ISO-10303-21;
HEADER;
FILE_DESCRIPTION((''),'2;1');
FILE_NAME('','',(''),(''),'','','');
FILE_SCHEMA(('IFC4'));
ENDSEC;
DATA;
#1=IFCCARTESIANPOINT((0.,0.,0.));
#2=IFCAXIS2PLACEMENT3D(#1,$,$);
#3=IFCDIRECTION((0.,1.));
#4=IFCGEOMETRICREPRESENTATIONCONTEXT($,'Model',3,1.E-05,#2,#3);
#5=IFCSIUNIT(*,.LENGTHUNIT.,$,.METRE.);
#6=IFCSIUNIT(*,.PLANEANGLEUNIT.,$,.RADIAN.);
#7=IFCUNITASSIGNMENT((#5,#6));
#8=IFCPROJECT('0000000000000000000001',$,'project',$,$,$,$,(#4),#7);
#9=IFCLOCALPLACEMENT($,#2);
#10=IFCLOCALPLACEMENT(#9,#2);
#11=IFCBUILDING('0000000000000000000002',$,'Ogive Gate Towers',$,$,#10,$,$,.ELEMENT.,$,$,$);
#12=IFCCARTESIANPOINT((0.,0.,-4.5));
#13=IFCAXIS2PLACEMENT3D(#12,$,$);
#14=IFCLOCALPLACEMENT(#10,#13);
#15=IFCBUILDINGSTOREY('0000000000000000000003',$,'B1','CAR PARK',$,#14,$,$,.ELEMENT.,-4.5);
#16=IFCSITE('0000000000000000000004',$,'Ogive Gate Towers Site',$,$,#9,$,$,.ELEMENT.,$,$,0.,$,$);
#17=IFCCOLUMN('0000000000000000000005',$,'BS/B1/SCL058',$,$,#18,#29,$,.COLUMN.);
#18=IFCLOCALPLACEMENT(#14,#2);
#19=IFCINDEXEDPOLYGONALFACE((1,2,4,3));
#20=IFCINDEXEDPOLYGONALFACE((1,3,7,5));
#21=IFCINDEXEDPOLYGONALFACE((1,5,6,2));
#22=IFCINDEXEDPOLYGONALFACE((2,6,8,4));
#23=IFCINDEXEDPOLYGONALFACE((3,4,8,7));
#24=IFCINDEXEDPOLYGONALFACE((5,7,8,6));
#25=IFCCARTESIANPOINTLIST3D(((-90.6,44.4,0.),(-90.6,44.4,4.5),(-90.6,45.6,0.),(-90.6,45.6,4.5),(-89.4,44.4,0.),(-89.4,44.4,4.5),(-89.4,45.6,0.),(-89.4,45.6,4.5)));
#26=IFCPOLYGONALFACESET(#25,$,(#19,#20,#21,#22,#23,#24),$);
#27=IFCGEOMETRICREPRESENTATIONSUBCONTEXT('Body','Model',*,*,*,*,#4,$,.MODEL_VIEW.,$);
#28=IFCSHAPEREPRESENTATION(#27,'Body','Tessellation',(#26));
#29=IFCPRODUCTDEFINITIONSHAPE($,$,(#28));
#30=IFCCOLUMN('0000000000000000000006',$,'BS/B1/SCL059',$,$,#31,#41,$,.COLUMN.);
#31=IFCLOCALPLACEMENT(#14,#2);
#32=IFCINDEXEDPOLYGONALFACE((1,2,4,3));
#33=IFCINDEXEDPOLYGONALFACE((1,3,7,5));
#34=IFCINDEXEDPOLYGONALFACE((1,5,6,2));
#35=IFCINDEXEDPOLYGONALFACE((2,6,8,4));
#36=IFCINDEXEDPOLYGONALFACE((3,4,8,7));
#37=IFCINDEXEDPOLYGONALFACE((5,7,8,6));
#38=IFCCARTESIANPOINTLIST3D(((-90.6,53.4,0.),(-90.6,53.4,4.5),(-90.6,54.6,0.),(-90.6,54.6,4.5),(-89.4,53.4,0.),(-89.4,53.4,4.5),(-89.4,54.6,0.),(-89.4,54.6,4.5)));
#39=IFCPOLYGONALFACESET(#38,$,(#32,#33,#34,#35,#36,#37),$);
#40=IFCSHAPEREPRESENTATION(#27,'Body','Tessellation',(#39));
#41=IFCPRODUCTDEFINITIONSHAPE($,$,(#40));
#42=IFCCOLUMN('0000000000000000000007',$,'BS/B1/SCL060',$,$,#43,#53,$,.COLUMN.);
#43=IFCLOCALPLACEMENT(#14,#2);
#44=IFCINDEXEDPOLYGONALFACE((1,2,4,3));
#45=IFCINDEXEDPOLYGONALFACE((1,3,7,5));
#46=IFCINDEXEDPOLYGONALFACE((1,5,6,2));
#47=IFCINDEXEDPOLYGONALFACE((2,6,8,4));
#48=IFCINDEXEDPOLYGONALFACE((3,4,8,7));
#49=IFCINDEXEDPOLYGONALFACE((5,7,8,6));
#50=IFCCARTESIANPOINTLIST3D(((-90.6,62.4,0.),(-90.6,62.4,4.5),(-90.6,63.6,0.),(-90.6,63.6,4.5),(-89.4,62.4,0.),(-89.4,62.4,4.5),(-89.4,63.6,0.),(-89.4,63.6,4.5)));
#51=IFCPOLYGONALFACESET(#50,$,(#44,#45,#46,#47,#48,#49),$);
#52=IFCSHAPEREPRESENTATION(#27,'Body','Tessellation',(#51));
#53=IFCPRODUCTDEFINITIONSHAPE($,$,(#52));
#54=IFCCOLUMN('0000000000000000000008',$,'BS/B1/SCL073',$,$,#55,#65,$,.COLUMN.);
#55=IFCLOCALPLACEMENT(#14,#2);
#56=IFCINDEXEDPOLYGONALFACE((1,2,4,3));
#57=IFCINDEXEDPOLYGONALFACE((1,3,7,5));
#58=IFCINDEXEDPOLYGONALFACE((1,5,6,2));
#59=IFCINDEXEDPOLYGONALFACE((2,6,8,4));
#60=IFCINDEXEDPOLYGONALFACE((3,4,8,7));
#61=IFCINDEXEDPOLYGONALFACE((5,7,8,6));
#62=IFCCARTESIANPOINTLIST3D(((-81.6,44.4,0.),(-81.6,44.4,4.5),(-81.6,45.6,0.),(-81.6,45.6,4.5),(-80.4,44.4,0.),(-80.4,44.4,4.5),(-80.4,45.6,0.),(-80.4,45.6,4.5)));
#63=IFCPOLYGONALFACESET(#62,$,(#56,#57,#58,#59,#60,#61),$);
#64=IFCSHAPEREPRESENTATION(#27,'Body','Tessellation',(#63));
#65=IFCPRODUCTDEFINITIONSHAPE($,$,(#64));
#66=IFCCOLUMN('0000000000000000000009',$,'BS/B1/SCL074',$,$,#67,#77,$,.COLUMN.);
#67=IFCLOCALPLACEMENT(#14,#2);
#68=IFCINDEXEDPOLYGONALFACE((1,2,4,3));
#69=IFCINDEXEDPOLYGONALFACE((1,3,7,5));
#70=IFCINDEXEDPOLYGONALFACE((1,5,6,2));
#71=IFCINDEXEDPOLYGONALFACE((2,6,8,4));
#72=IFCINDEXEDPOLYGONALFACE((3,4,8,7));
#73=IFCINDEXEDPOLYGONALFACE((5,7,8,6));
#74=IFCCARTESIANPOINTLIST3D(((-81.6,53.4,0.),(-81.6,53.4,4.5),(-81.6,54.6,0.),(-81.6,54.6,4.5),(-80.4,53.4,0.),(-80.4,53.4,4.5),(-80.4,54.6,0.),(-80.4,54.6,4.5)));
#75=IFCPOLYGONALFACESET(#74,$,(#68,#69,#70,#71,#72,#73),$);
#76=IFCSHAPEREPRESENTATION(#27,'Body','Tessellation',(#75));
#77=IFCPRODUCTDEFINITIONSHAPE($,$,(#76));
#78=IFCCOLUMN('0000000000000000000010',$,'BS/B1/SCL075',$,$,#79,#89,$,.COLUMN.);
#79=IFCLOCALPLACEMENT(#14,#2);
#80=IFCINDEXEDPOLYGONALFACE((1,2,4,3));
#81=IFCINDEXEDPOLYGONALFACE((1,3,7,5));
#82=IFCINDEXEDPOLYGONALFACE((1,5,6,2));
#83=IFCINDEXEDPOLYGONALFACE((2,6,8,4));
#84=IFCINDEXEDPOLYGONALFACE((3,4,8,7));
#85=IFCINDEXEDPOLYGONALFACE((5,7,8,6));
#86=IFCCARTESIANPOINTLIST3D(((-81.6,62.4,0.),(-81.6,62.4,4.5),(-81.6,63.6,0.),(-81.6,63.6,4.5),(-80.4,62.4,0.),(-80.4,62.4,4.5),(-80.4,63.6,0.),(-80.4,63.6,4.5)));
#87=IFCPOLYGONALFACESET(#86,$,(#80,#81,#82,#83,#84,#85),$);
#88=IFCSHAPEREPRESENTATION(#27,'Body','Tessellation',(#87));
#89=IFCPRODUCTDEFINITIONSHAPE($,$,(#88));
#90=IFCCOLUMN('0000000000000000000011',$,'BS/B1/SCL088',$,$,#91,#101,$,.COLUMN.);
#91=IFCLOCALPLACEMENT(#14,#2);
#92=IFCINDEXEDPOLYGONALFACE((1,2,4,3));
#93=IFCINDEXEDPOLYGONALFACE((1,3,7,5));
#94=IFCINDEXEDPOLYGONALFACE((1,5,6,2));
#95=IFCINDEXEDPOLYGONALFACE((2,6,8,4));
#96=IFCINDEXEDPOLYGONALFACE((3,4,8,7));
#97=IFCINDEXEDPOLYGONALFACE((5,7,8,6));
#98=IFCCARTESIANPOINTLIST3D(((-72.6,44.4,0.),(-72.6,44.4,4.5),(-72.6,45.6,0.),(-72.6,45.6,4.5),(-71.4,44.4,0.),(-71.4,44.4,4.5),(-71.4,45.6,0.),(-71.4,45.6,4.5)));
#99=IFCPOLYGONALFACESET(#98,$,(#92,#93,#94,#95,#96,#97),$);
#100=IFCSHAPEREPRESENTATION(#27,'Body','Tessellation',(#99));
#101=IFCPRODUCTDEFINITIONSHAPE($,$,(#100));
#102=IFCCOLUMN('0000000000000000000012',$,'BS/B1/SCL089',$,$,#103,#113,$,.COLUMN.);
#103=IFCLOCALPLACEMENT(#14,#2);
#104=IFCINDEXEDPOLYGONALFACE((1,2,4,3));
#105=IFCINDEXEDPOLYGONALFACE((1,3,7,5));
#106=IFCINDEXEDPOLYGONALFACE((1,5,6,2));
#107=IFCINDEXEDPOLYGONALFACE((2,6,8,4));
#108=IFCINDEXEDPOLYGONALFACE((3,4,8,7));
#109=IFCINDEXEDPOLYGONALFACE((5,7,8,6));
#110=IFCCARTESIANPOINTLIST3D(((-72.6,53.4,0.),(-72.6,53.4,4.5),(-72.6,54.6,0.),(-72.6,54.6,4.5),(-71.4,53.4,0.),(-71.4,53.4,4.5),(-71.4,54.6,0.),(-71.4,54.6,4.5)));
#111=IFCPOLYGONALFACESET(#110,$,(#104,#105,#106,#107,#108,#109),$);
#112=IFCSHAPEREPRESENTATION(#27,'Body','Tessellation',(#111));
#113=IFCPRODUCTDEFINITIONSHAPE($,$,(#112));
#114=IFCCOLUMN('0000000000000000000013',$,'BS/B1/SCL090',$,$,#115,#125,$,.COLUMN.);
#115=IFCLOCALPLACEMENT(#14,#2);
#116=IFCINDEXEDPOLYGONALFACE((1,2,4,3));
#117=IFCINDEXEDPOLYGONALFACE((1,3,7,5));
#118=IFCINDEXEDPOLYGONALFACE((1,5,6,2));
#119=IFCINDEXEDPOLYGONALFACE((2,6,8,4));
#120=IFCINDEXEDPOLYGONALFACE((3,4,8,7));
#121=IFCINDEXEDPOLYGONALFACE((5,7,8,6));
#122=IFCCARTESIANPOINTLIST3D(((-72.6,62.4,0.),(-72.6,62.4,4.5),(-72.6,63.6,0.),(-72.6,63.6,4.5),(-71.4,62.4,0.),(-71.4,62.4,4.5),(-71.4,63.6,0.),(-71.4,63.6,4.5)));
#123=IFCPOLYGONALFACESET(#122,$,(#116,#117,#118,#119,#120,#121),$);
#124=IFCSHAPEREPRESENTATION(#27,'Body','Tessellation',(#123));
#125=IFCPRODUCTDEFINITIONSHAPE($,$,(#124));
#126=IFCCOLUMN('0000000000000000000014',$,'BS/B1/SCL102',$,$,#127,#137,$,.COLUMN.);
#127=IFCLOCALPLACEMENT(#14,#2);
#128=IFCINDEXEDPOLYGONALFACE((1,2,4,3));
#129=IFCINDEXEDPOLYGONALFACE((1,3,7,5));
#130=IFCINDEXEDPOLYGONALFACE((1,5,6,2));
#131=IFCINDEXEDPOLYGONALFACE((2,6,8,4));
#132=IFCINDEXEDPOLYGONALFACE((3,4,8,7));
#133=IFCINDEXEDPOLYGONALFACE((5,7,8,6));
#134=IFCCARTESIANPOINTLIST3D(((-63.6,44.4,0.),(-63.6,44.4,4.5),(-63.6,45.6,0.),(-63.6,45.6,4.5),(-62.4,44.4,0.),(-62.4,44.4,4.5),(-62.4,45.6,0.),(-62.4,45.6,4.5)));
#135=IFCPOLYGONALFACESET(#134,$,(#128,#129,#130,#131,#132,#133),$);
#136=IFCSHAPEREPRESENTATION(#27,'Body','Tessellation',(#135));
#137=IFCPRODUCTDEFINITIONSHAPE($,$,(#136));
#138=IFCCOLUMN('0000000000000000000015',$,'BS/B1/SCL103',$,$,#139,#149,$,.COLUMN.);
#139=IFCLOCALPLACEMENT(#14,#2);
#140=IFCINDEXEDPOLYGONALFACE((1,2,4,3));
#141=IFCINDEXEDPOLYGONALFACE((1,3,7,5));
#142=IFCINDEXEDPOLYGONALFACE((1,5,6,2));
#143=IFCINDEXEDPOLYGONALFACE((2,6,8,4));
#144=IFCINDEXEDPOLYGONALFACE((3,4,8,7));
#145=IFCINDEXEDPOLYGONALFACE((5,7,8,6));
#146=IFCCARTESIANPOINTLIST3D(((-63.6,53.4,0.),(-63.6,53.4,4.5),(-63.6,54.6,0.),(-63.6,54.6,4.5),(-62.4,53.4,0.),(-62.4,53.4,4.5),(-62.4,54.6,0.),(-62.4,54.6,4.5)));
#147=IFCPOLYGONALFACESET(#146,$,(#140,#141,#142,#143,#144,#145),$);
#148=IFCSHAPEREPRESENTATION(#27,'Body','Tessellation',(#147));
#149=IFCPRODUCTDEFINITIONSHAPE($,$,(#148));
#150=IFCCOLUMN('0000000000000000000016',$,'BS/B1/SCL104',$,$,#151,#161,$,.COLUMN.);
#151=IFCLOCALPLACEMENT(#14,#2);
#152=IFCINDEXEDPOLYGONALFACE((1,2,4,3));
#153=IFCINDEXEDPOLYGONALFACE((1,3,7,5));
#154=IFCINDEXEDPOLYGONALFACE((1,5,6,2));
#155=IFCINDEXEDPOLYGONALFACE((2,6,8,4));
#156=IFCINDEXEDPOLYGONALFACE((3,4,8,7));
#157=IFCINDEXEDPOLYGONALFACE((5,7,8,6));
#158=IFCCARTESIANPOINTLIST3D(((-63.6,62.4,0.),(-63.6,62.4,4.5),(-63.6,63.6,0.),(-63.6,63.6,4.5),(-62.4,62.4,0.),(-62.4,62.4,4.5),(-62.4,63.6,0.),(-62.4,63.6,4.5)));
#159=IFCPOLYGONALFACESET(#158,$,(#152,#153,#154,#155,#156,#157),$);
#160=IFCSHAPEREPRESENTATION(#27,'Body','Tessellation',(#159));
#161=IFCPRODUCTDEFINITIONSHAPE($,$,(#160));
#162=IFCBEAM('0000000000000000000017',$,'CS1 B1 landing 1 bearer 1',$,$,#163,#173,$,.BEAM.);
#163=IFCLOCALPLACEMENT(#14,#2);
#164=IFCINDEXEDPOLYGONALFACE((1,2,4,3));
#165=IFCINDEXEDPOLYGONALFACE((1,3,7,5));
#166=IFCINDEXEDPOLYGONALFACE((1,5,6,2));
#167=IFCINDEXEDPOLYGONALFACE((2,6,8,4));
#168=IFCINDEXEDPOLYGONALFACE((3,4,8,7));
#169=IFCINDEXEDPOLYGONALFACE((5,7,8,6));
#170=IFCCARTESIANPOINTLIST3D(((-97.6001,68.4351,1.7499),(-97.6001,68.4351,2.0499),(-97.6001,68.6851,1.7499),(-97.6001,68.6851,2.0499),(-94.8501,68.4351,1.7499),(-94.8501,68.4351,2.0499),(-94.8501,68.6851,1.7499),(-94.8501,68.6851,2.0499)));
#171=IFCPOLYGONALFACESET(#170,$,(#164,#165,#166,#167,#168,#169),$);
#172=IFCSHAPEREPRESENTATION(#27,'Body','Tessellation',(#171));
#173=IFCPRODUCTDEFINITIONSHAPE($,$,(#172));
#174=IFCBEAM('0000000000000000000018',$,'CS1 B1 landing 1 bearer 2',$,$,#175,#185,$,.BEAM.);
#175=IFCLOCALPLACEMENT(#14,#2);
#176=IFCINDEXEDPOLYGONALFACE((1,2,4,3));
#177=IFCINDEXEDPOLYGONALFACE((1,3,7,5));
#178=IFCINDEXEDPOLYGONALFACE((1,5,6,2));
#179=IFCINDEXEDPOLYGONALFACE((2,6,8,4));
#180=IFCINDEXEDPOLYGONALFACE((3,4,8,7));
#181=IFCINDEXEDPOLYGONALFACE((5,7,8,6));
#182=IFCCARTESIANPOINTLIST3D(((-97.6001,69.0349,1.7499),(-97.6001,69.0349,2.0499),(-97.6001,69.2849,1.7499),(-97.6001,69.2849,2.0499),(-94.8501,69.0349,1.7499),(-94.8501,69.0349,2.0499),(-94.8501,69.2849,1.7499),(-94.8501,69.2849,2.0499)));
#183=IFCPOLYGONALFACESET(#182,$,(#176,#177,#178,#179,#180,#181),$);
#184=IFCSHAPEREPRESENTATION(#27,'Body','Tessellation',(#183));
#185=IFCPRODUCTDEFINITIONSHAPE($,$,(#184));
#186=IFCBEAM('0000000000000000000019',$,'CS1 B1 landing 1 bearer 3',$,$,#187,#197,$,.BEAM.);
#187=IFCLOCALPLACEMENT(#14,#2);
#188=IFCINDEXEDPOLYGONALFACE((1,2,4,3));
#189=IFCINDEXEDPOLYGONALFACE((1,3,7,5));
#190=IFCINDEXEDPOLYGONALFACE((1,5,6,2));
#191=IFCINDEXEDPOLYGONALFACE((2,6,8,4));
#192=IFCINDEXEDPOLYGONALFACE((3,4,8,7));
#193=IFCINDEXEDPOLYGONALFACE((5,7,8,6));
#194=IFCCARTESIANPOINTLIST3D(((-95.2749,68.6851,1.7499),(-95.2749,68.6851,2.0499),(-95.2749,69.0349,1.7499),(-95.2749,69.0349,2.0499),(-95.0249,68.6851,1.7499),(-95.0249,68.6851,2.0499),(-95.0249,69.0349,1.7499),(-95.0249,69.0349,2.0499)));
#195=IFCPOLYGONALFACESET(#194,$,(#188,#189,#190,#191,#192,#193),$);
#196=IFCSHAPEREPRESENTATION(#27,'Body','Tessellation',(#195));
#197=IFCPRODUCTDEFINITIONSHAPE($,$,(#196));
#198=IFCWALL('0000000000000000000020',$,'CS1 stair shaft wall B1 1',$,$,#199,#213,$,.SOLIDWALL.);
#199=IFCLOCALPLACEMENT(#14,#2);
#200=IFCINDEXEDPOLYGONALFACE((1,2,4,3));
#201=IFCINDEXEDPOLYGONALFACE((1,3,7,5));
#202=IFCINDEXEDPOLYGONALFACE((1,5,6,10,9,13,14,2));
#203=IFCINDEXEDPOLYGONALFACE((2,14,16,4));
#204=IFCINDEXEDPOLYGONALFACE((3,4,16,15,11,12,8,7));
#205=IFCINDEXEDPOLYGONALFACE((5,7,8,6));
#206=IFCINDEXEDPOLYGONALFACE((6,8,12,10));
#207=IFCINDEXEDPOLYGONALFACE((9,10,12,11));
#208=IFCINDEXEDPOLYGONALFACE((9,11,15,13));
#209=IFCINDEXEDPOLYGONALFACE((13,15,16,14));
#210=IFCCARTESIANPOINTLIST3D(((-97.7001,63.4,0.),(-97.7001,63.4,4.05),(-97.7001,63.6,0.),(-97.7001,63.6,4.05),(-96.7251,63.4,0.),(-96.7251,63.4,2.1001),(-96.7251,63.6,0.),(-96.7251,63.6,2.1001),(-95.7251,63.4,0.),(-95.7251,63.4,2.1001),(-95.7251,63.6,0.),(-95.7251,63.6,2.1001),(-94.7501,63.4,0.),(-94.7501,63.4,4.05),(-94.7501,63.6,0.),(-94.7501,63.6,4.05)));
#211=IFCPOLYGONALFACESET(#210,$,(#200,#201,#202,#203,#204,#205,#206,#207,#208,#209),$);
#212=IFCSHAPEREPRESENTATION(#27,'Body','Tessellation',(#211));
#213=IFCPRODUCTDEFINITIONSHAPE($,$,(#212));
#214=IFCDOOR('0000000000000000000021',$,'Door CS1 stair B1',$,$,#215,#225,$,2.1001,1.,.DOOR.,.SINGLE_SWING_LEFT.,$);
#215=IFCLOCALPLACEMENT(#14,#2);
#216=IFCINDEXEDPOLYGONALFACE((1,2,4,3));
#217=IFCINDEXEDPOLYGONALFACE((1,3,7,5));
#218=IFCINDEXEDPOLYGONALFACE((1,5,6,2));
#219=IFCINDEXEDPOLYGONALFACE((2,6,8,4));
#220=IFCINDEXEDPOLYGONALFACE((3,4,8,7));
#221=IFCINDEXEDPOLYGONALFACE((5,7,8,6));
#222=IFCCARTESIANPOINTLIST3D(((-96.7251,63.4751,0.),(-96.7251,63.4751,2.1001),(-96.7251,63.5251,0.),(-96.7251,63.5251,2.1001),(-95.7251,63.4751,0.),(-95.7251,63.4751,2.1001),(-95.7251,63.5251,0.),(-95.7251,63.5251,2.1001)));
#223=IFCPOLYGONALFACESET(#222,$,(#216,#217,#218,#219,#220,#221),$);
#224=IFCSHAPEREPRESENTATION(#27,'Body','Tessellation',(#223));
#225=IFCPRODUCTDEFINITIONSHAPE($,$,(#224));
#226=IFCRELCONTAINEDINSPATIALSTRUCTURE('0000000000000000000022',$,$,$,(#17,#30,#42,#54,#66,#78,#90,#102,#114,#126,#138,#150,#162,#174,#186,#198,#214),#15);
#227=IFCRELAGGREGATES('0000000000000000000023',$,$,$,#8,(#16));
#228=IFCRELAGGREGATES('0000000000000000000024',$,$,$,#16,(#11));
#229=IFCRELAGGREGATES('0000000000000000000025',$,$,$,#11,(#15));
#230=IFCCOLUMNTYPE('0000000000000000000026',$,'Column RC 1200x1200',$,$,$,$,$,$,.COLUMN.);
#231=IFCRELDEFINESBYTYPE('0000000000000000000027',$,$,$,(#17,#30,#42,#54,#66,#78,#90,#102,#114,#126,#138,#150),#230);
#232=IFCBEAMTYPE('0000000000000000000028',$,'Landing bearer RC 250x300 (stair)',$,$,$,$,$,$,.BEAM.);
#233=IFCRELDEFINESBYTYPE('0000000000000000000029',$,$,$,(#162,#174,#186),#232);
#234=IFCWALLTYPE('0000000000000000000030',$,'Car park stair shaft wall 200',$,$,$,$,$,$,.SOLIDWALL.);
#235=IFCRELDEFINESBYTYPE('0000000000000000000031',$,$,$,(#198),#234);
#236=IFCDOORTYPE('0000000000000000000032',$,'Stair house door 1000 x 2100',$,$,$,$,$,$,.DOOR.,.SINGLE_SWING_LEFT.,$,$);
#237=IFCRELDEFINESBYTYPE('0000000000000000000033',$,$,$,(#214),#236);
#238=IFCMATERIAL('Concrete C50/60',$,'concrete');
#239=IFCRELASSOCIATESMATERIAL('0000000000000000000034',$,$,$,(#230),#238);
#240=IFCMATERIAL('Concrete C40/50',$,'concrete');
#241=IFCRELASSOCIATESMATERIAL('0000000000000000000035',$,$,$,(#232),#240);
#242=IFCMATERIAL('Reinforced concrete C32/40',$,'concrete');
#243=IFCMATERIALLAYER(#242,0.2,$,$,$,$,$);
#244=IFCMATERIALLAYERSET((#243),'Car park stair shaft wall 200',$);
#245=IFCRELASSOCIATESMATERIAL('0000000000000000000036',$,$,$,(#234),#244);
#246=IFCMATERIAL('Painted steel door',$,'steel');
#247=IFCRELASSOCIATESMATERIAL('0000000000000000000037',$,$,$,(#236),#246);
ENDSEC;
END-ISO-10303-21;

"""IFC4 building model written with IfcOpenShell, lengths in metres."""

from ifc_helpers import new_model, si_unit, direction, frame, frame_2d, origin, origin_2d, place, context, subcontext, project, spatial, rectangle, extrude, material, layer, layer_set, material_profile, profile_set, type_object, element, fill, save


model = new_model("IFC4")

# Units and contexts
model_context = context("Model", 3, precision=1e-05, world=origin(), true_north=direction((0.0, 1.0)))
body_context = subcontext(model_context, "Body", "Model", "MODEL_VIEW")
ifc_project = project(units=[si_unit("LENGTHUNIT", "METRE"), si_unit("PLANEANGLEUNIT", "RADIAN")], contexts=[model_context])

# Site, building, storey
site_placement = place(None, origin())
site = spatial("IfcSite", under=ifc_project, at=site_placement, Name="Ogive Gate Towers Site", CompositionType="ELEMENT", RefElevation=0.0)
building_placement = place(site_placement, origin())
building = spatial("IfcBuilding", under=site, at=building_placement, Name="Ogive Gate Towers", CompositionType="ELEMENT")
storey_placement = place(building_placement, frame((0.0, 0.0, -4.5)))
storey = spatial("IfcBuildingStorey", under=building, at=storey_placement, Name="B1", Description="CAR PARK", CompositionType="ELEMENT", Elevation=-4.5)

# Columns
ifc_material_1 = material(Name="Concrete C50/60", Category="concrete")
ifc_material_profile_1 = material_profile(ifc_material_1, rectangle(XDim=1.2, YDim=1.2, at=origin_2d()), Name="RC 1200x1200")
ifc_profile_set_1 = profile_set([ifc_material_profile_1], Name="Concrete C50/60")
column_type = type_object("IfcColumnType", Name="Column RC 1200x1200", PredefinedType="COLUMN", material=ifc_profile_set_1)
for number, where, z_axis, x_axis, name in (
    (1, (-90.0, 45.0, 0.0), (0.0, 0.0, 1.0), (1.0, 0.0, 0.0), "BS/B1/SCL058"),
    (2, (-90.0, 54.0, 0.0), (0.0, 0.0, 1.0), (1.0, 0.0, 0.0), "BS/B1/SCL059"),
    (3, (-90.0, 63.0, 0.0), (0.0, 0.0, 1.0), (1.0, 0.0, 0.0), "BS/B1/SCL060"),
    (4, (-81.0, 45.0, 0.0), (0.0, 0.0, 1.0), (1.0, 0.0, 0.0), "BS/B1/SCL073"),
    (5, (-81.0, 54.0, 0.0), (0.0, 0.0, 1.0), (1.0, 0.0, 0.0), "BS/B1/SCL074"),
    (6, (-81.0, 63.0, 0.0), (0.0, 0.0, 1.0), (1.0, 0.0, 0.0), "BS/B1/SCL075"),
    (7, (-72.0, 45.0, 0.0), (0.0, 0.0, 1.0), (1.0, 0.0, 0.0), "BS/B1/SCL088"),
    (8, (-72.0, 54.0, 0.0), (0.0, 0.0, 1.0), (1.0, 0.0, 0.0), "BS/B1/SCL089"),
    (9, (-72.0, 63.0, 0.0), (0.0, 0.0, 1.0), (1.0, 0.0, 0.0), "BS/B1/SCL090"),
    (10, (-63.0, 45.0, 0.0), (0.0, 0.0, 1.0), (1.0, 0.0, 0.0), "BS/B1/SCL102"),
    (11, (-63.0, 54.0, 0.0), (0.0, 0.0, 1.0), (1.0, 0.0, 0.0), "BS/B1/SCL103"),
    (12, (-63.0, 63.0, 0.0), (0.0, 0.0, 1.0), (1.0, 0.0, 0.0), "BS/B1/SCL104"),
):
    element("IfcColumn", number, at=place(storey_placement, frame(where, z_axis=z_axis, x_axis=x_axis)), inside=storey, type_object=column_type, Name=name, PredefinedType="COLUMN", context=body_context, shape_type="SweptSolid", body=[
        extrude(rectangle(XDim=1.2, YDim=1.2, at=origin_2d()), origin(), (0.0, 0.0, 1.0), 4.5),
    ])

# Beams
ifc_material_2 = material(Name="Concrete C40/50", Category="concrete")
ifc_material_profile_2 = material_profile(ifc_material_2, rectangle(XDim=0.25, YDim=0.3, at=origin_2d()), Name="RC 250x300")
ifc_profile_set_2 = profile_set([ifc_material_profile_2], Name="Concrete C40/50")
beam_type = type_object("IfcBeamType", Name="Landing bearer RC 250x300 (stair)", PredefinedType="BEAM", material=ifc_profile_set_2)
for number, where, z_axis, x_axis, name in (
    (13, (-94.8501, 68.5601, 1.8999), (-1.0, 0.0, 0.0), (0.0, -1.0, 0.0), "CS1 B1 landing 1 bearer 1"),
    (14, (-94.8501, 69.1599, 1.8999), (-1.0, 0.0, 0.0), (0.0, -1.0, 0.0), "CS1 B1 landing 1 bearer 2"),
):
    element("IfcBeam", number, at=place(storey_placement, frame(where, z_axis=z_axis, x_axis=x_axis)), inside=storey, type_object=beam_type, Name=name, PredefinedType="BEAM", context=body_context, shape_type="SweptSolid", body=[
        extrude(rectangle(XDim=0.25, YDim=0.3, at=origin_2d()), origin(), (0.0, 0.0, 1.0), 2.75),
    ])
beam_placement = place(storey_placement, frame((-95.1499, 68.6851, 1.8999), z_axis=(0.0, 1.0, 0.0), x_axis=(-1.0, 0.0, 0.0)))
element("IfcBeam", 15, at=beam_placement, inside=storey, type_object=beam_type, Name="CS1 B1 landing 1 bearer 3", PredefinedType="BEAM", context=body_context, shape_type="SweptSolid", body=[
    extrude(rectangle(XDim=0.25, YDim=0.3, at=origin_2d()), origin(), (0.0, 0.0, 1.0), 0.3499),
])

# Wall, opening, door
ifc_material_3 = material(Name="Reinforced concrete C32/40", Category="concrete")
ifc_layer_1 = layer(ifc_material_3, 0.2)
ifc_layer_set_1 = layer_set([ifc_layer_1], Name="Car park stair shaft wall 200")
wall_type_1 = type_object("IfcWallType", Name="Car park stair shaft wall 200", PredefinedType="SOLIDWALL", material=ifc_layer_set_1)
wall_1_placement = place(storey_placement, frame((-94.75, 63.5, 0.0), z_axis=(0.0, 0.0, 1.0), x_axis=(-1.0, 0.0, 0.0)))
wall_1 = element("IfcWall", 16, at=wall_1_placement, inside=storey, type_object=wall_type_1, Name="CS1 stair shaft wall B1 1", PredefinedType="SOLIDWALL", context=body_context, shape_type="SweptSolid", body=[
    extrude(rectangle(XDim=2.95, YDim=0.2, at=frame_2d((1.4751, 0.0))), origin(), (0.0, 0.0, 1.0), 4.05),
])
opening_1_placement = place(wall_1_placement, frame((0.9751, 0.0, 0.0)))
opening_1 = element("IfcOpeningElement", 17, at=opening_1_placement, cuts=wall_1, PredefinedType="OPENING", context=body_context, shape_type="SweptSolid", body=[
    extrude(rectangle(XDim=1.0, YDim=2.1001, at=frame_2d((0.5, 1.05))), frame((0.0, 0.1099, 0.0), z_axis=(0.0, -1.0, 0.0), x_axis=(1.0, 0.0, 0.0)), (0.0, 0.0, 1.0), 0.22),
])
ifc_material_4 = material(Name="Painted steel door", Category="steel")
door_type_1 = type_object("IfcDoorType", Name="Stair house door 1000 x 2100", OperationType="SINGLE_SWING_LEFT", PredefinedType="DOOR", material=ifc_material_4)
door_1_placement = place(opening_1_placement, origin())
door_1 = element("IfcDoor", 18, at=door_1_placement, inside=storey, type_object=door_type_1, Name="Door CS1 stair B1", OperationType="SINGLE_SWING_LEFT", OverallHeight=2.1001, OverallWidth=1.0, PredefinedType="DOOR", context=body_context, shape_type="SweptSolid", body=[
    extrude(rectangle(XDim=1.0, YDim=2.1001, at=frame_2d((0.5, 1.05))), frame((0.0, 0.0249, 0.0), z_axis=(0.0, -1.0, 0.0), x_axis=(1.0, 0.0, 0.0)), (0.0, 0.0, 1.0), 0.05),
])
fill(opening_1, door_1)

save(model, "model.ifc")
